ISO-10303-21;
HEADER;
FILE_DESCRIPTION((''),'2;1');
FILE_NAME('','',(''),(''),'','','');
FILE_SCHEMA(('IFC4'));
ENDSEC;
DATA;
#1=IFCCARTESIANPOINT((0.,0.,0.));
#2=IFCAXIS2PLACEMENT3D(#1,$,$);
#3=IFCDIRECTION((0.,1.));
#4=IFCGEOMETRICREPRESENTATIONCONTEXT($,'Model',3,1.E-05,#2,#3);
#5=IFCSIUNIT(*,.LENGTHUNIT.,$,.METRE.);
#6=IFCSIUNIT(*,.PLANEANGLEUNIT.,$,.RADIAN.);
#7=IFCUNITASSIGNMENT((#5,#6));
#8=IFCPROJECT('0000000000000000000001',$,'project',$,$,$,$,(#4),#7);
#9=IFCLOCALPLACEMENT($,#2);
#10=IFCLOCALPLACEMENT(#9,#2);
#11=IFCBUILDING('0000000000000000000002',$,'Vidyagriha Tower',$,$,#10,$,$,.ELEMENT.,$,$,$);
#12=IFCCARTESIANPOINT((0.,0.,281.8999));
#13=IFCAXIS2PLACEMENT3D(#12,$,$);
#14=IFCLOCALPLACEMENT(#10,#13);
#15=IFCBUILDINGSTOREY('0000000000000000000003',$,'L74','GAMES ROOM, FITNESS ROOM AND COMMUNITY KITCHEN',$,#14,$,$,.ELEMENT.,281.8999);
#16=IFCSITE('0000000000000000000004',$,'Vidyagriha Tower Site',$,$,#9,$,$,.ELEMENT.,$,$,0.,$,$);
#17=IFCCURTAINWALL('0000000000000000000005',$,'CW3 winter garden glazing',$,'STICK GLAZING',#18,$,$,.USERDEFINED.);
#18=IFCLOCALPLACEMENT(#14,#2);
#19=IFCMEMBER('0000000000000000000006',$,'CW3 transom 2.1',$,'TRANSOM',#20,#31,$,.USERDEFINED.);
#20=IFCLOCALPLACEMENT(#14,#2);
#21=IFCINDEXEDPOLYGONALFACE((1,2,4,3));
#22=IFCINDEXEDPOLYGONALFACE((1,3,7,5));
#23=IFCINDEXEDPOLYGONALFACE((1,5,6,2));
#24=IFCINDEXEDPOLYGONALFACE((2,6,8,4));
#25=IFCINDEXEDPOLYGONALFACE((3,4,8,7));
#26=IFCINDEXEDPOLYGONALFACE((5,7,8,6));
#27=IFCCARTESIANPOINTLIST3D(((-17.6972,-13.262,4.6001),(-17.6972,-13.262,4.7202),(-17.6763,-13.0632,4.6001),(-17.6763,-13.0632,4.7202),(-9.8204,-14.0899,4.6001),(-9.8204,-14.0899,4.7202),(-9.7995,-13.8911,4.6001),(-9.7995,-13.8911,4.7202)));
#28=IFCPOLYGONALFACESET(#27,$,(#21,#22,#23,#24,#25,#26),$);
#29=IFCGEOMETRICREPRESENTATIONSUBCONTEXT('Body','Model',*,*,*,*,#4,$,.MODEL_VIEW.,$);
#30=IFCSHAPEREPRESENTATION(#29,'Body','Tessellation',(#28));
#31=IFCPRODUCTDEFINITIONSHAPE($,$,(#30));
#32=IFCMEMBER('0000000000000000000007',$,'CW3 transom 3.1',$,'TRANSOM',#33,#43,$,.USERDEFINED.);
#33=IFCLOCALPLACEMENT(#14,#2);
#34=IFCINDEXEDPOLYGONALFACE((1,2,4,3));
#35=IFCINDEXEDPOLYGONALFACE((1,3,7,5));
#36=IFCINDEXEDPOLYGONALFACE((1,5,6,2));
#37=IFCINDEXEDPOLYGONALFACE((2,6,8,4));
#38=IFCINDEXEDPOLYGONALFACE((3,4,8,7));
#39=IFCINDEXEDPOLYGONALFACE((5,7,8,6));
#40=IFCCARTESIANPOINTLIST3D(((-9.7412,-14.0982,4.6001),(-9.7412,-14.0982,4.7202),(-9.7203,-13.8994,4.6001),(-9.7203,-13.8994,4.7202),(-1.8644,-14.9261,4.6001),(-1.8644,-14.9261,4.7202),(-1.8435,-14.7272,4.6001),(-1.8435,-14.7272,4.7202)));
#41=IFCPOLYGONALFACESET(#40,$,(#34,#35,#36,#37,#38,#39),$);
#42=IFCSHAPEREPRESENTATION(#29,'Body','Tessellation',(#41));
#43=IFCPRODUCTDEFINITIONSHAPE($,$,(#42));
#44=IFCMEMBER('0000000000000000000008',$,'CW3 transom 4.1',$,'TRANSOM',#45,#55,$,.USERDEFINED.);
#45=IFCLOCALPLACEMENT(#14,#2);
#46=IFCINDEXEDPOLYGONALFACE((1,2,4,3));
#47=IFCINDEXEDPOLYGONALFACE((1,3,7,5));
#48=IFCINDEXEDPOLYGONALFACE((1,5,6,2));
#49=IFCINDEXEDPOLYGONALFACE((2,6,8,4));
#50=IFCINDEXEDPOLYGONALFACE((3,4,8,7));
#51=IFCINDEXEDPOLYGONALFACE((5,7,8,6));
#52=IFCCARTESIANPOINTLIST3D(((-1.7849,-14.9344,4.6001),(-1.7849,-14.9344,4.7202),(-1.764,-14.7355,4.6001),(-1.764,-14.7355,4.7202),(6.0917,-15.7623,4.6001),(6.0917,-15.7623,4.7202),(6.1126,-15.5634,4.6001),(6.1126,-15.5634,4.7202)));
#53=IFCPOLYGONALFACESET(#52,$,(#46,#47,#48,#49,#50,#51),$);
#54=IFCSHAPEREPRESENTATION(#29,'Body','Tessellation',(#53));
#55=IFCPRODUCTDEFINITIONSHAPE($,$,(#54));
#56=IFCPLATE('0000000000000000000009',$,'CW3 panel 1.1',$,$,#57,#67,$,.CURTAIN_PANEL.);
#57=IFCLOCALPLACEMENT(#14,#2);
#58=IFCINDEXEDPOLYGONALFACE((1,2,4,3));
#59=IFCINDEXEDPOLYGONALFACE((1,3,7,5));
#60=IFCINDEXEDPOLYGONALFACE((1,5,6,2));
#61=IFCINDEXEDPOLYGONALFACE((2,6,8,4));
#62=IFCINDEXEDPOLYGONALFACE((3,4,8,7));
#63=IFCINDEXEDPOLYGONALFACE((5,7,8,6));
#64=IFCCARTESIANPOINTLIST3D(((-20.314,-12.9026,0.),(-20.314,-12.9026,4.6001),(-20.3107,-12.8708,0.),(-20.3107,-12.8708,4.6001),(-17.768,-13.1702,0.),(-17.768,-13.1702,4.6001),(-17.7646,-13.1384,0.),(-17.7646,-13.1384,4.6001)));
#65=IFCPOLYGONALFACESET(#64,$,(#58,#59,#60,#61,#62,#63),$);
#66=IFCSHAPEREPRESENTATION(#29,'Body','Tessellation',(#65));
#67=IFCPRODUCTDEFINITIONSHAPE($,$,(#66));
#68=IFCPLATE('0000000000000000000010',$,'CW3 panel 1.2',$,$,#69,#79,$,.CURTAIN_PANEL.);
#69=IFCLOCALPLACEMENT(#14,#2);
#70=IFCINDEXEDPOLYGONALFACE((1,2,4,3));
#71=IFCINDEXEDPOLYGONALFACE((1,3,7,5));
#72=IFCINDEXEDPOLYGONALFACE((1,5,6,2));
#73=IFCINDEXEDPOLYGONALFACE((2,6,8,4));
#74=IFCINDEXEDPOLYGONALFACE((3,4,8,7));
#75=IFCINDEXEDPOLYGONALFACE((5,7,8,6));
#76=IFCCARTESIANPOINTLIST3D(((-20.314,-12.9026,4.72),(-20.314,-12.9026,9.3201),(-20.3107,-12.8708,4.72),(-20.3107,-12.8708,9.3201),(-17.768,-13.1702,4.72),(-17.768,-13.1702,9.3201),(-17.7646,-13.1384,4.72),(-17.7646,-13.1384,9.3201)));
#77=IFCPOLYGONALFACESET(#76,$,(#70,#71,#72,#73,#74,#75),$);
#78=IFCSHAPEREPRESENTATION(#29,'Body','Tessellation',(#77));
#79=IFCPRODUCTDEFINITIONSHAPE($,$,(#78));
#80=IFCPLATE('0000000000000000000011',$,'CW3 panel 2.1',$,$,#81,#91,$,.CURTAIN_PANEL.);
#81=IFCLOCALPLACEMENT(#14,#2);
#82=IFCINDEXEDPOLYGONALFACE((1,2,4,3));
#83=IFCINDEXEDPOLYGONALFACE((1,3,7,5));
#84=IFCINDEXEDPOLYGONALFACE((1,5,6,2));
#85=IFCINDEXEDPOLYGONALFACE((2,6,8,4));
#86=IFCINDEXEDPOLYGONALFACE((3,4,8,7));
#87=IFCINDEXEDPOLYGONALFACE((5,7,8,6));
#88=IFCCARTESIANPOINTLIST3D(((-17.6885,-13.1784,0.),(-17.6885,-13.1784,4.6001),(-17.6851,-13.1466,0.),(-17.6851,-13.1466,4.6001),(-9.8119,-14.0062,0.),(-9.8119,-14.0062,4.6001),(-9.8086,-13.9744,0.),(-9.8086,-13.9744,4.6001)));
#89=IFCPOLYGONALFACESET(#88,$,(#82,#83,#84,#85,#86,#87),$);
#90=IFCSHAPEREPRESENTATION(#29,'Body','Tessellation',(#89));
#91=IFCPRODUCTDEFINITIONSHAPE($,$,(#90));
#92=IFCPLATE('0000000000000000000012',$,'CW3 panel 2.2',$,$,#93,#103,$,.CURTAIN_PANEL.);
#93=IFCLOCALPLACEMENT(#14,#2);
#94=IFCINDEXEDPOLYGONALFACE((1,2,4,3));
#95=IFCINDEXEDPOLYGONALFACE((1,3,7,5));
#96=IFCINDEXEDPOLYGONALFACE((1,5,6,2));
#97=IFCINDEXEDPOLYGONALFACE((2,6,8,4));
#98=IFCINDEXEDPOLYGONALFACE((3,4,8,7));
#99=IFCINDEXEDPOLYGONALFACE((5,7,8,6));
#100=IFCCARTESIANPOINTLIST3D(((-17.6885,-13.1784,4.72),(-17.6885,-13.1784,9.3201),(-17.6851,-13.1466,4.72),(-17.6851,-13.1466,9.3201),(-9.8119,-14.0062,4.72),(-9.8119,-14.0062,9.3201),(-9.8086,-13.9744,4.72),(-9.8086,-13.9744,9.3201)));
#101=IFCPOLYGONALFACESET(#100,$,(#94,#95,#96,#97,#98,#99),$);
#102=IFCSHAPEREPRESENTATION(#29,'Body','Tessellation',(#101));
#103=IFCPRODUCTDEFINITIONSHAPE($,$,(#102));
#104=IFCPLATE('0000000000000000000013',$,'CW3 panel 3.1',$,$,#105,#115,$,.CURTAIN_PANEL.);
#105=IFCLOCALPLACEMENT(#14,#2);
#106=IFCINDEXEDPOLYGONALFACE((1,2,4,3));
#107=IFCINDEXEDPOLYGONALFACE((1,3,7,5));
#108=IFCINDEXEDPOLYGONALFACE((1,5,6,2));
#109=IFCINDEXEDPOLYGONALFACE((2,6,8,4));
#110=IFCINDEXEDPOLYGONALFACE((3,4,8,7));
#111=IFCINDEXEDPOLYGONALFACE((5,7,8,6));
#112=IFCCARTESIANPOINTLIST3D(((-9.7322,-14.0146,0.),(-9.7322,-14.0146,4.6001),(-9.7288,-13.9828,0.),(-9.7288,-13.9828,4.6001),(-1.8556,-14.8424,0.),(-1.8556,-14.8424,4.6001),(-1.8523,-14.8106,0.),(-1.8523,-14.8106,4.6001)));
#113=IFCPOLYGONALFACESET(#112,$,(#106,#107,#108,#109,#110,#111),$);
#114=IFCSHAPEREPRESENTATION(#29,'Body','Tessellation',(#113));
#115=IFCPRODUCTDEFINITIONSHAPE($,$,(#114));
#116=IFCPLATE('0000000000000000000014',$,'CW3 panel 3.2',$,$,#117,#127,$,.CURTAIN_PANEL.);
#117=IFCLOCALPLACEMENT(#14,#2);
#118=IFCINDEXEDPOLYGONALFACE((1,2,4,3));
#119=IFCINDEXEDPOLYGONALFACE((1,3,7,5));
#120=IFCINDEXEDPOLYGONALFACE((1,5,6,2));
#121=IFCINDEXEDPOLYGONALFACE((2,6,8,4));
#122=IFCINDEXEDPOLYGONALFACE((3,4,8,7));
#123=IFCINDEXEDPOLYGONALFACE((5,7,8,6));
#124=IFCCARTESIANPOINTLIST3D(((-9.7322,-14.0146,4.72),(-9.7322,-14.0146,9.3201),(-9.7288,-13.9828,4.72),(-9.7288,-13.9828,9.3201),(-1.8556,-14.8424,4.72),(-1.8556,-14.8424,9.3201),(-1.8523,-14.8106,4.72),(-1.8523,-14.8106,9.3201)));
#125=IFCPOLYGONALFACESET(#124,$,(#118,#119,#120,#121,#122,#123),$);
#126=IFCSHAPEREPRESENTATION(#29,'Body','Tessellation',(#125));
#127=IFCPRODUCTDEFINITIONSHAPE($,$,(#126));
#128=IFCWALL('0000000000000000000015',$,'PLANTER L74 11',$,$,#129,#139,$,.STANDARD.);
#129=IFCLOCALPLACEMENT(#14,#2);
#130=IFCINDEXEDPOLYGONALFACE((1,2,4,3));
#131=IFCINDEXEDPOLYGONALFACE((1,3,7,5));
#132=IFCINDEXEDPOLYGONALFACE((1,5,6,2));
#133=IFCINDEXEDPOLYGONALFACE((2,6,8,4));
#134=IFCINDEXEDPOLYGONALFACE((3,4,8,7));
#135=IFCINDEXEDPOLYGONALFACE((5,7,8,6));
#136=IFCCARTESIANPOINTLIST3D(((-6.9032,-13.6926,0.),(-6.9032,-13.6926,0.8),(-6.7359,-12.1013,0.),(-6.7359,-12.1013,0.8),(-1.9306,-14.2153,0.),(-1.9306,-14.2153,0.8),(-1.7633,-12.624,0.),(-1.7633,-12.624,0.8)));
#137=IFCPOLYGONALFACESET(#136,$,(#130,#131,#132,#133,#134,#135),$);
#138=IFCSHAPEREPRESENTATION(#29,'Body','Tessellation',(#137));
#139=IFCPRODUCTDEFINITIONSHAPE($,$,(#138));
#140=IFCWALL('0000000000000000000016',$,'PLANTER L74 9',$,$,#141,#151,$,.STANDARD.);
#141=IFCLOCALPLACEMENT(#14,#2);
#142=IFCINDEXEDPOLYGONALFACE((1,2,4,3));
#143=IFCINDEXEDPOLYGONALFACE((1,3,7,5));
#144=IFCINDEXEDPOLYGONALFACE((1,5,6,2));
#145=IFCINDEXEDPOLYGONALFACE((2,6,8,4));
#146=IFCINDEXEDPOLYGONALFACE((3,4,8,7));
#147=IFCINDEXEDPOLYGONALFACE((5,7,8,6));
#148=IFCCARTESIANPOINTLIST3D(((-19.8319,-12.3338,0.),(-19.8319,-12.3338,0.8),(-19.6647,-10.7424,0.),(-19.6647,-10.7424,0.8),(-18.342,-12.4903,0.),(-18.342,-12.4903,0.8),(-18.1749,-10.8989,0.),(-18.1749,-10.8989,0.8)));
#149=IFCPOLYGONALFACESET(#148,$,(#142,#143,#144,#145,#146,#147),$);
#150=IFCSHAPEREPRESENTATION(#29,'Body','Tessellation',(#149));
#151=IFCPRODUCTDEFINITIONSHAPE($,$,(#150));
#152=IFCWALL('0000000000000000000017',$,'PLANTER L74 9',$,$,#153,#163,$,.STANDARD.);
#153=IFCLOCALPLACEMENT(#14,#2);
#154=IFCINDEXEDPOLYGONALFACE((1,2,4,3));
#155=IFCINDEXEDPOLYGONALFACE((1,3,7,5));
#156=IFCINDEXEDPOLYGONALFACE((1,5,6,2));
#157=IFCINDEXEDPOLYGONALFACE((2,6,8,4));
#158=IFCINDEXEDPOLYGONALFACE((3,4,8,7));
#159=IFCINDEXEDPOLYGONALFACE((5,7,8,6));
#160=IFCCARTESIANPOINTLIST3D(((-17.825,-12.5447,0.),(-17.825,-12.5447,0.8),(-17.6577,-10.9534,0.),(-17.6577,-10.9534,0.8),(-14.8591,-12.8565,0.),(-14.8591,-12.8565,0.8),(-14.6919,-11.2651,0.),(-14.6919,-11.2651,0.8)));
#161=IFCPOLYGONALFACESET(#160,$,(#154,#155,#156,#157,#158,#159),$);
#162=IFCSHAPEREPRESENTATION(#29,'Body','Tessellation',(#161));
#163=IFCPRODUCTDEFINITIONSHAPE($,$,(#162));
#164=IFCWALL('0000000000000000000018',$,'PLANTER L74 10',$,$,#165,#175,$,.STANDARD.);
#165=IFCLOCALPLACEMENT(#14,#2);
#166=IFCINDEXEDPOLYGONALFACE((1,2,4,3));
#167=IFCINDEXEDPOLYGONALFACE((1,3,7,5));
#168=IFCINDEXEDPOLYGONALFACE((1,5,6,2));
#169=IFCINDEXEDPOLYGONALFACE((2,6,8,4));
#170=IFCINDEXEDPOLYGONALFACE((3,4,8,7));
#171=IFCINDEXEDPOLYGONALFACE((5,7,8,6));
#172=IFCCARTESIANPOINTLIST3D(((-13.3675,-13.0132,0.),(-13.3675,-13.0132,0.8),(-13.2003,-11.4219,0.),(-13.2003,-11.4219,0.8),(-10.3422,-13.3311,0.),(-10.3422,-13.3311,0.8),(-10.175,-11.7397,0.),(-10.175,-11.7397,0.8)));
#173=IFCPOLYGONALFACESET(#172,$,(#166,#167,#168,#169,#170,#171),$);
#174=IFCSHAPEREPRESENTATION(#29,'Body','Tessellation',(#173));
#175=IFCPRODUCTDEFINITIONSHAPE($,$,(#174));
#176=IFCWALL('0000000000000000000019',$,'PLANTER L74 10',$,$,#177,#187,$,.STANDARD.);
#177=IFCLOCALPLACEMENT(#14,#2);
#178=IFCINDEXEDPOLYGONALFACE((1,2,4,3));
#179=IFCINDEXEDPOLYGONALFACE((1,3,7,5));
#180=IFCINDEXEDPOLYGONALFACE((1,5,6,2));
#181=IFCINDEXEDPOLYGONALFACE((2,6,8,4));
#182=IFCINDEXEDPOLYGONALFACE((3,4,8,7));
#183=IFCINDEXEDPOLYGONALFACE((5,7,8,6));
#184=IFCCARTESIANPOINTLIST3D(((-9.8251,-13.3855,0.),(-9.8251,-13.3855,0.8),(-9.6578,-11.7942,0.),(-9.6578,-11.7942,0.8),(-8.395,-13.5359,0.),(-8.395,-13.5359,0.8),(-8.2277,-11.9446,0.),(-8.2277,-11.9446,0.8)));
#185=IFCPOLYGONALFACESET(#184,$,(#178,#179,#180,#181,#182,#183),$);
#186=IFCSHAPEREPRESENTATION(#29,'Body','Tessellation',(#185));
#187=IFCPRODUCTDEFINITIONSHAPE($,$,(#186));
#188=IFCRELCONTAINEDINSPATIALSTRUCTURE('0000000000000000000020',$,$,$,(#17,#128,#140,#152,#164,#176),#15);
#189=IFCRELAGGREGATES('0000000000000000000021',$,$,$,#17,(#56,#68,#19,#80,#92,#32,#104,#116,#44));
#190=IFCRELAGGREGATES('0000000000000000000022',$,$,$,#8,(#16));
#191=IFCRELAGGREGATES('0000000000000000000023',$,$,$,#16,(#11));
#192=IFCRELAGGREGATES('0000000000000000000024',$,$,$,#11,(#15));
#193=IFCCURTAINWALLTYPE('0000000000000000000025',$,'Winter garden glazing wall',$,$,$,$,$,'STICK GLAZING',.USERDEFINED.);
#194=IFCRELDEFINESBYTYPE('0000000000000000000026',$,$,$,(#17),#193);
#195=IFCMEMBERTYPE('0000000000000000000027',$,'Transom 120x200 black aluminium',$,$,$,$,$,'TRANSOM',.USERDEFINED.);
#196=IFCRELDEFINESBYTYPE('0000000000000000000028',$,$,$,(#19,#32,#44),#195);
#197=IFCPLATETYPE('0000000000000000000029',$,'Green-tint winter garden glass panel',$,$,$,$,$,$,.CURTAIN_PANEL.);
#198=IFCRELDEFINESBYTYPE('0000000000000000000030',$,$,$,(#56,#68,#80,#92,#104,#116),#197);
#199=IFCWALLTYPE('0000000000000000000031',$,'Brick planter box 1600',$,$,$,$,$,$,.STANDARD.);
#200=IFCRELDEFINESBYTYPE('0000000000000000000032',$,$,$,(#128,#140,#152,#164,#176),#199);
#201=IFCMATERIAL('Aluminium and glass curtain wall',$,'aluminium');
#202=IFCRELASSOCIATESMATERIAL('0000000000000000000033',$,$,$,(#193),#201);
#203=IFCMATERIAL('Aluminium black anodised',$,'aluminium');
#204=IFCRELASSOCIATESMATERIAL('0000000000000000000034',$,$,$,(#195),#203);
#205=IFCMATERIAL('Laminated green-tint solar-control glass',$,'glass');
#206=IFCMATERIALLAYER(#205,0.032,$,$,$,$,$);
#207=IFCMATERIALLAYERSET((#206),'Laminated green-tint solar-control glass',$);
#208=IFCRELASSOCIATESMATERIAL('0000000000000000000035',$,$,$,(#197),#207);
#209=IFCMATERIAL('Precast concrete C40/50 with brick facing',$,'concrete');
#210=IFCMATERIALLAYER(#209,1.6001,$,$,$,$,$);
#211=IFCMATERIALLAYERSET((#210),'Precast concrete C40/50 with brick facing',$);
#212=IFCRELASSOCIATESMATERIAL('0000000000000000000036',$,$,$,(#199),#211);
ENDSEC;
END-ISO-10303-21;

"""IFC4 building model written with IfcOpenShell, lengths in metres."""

from ifc_helpers import new_model, si_unit, direction, frame, frame_2d, origin, origin_2d, place, context, subcontext, project, spatial, rectangle, extrude, material, layer, layer_set, material_profile, profile_set, type_object, element, aggregate, save


model = new_model("IFC4")

# Units and contexts
model_context = context("Model", 3, precision=1e-05, world=origin(), true_north=direction((0.0, 1.0)))
body_context = subcontext(model_context, "Body", "Model", "MODEL_VIEW")
ifc_project = project(units=[si_unit("LENGTHUNIT", "METRE"), si_unit("PLANEANGLEUNIT", "RADIAN")], contexts=[model_context])

# Site, building, storey
site_placement = place(None, origin())
site = spatial("IfcSite", under=ifc_project, at=site_placement, Name="Vidyagriha Tower Site", CompositionType="ELEMENT", RefElevation=0.0)
building_placement = place(site_placement, origin())
building = spatial("IfcBuilding", under=site, at=building_placement, Name="Vidyagriha Tower", CompositionType="ELEMENT")
storey_placement = place(building_placement, frame((0.0, 0.0, 281.8999)))
storey = spatial("IfcBuildingStorey", under=building, at=storey_placement, Name="L74", Description="GAMES ROOM, FITNESS ROOM AND COMMUNITY KITCHEN", CompositionType="ELEMENT", Elevation=281.8999)

# Shared definitions
ifc_material_1 = material(Name="Aluminium and glass curtain wall", Category="aluminium")
curtain_wall_type = type_object("IfcCurtainWallType", Name="Winter garden glazing wall", ElementType="STICK GLAZING", PredefinedType="USERDEFINED", material=ifc_material_1)

# Curtain wall, members, plates
curtain_wall_1_placement = place(storey_placement, origin())
curtain_wall_1 = element("IfcCurtainWall", 1, at=curtain_wall_1_placement, inside=storey, type_object=curtain_wall_type, Name="CW3 winter garden glazing", ObjectType="STICK GLAZING", PredefinedType="USERDEFINED")
ifc_material_2 = material(Name="Aluminium black anodised", Category="aluminium")
ifc_material_profile_1 = material_profile(ifc_material_2, rectangle(XDim=0.2, YDim=0.1201, at=origin_2d()), Name="Transom 120x200 black aluminium")
ifc_profile_set_1 = profile_set([ifc_material_profile_1], Name="Aluminium black anodised")
member_type_1 = type_object("IfcMemberType", Name="Transom 120x200 black aluminium", ElementType="TRANSOM", PredefinedType="USERDEFINED", material=ifc_profile_set_1)
member_1_placement = place(storey_placement, frame((-17.6868, -13.1626, 4.6602), z_axis=(0.994522, -0.104529, 0.0), x_axis=(0.104529, 0.994522, 0.0)))
member_1 = element("IfcMember", 2, at=member_1_placement, type_object=member_type_1, Name="CW3 transom 2.1", ObjectType="TRANSOM", PredefinedType="USERDEFINED", context=body_context, shape_type="SweptSolid", body=[
    extrude(rectangle(XDim=0.2, YDim=0.1201, at=origin_2d()), origin(), (0.0, 0.0, 1.0), 7.9202),
])
member_2_placement = place(storey_placement, frame((-9.7307, -13.9988, 4.6602), z_axis=(0.994522, -0.104529, 0.0), x_axis=(0.104529, 0.994522, 0.0)))
member_2 = element("IfcMember", 3, at=member_2_placement, type_object=member_type_1, Name="CW3 transom 3.1", ObjectType="TRANSOM", PredefinedType="USERDEFINED", context=body_context, shape_type="SweptSolid", body=[
    extrude(rectangle(XDim=0.2, YDim=0.1201, at=origin_2d()), origin(), (0.0, 0.0, 1.0), 7.9202),
])
member_3_placement = place(storey_placement, frame((-1.7744, -14.835, 4.6602), z_axis=(0.994521, -0.104532, 0.0), x_axis=(0.104532, 0.994521, 0.0)))
member_3 = element("IfcMember", 4, at=member_3_placement, type_object=member_type_1, Name="CW3 transom 4.1", ObjectType="TRANSOM", PredefinedType="USERDEFINED", context=body_context, shape_type="SweptSolid", body=[
    extrude(rectangle(XDim=0.2, YDim=0.1201, at=origin_2d()), origin(), (0.0, 0.0, 1.0), 7.9199),
])
ifc_material_3 = material(Name="Laminated green-tint solar-control glass", Category="glass")
ifc_layer_1 = layer(ifc_material_3, 0.032)
ifc_layer_set_1 = layer_set([ifc_layer_1], Name="Laminated green-tint solar-control glass")
plate_type = type_object("IfcPlateType", Name="Green-tint winter garden glass panel", PredefinedType="CURTAIN_PANEL", material=ifc_layer_set_1)
plate_1_placement = place(storey_placement, frame((-19.0393, -13.0205, 0.0), z_axis=(0.0, 0.0, 1.0), x_axis=(0.994522, -0.104528, 0.0)))
plate_1 = element("IfcPlate", 5, at=plate_1_placement, type_object=plate_type, Name="CW3 panel 1.1", PredefinedType="CURTAIN_PANEL", context=body_context, shape_type="SweptSolid", body=[
    extrude(rectangle(XDim=2.5601, YDim=0.032, at=origin_2d()), origin(), (0.0, 0.0, 1.0), 4.6001),
])
plate_2_placement = place(storey_placement, frame((-19.0393, -13.0205, 4.72), z_axis=(0.0, 0.0, 1.0), x_axis=(0.994522, -0.104528, 0.0)))
plate_2 = element("IfcPlate", 6, at=plate_2_placement, type_object=plate_type, Name="CW3 panel 1.2", PredefinedType="CURTAIN_PANEL", context=body_context, shape_type="SweptSolid", body=[
    extrude(rectangle(XDim=2.5601, YDim=0.032, at=origin_2d()), origin(), (0.0, 0.0, 1.0), 4.6001),
])
plate_3_placement = place(storey_placement, frame((-13.7485, -13.5764, 0.0), z_axis=(0.0, 0.0, 1.0), x_axis=(0.994522, -0.104528, 0.0)))
plate_3 = element("IfcPlate", 7, at=plate_3_placement, type_object=plate_type, Name="CW3 panel 2.1", PredefinedType="CURTAIN_PANEL", context=body_context, shape_type="SweptSolid", body=[
    extrude(rectangle(XDim=7.9199, YDim=0.032, at=origin_2d()), origin(), (0.0, 0.0, 1.0), 4.6001),
])
plate_4_placement = place(storey_placement, frame((-13.7485, -13.5764, 4.72), z_axis=(0.0, 0.0, 1.0), x_axis=(0.994522, -0.104528, 0.0)))
plate_4 = element("IfcPlate", 8, at=plate_4_placement, type_object=plate_type, Name="CW3 panel 2.2", PredefinedType="CURTAIN_PANEL", context=body_context, shape_type="SweptSolid", body=[
    extrude(rectangle(XDim=7.9199, YDim=0.032, at=origin_2d()), origin(), (0.0, 0.0, 1.0), 4.6001),
])
plate_5_placement = place(storey_placement, frame((-5.7922, -14.4126, 0.0), z_axis=(0.0, 0.0, 1.0), x_axis=(0.994522, -0.104528, 0.0)))
plate_5 = element("IfcPlate", 9, at=plate_5_placement, type_object=plate_type, Name="CW3 panel 3.1", PredefinedType="CURTAIN_PANEL", context=body_context, shape_type="SweptSolid", body=[
    extrude(rectangle(XDim=7.9199, YDim=0.032, at=origin_2d()), origin(), (0.0, 0.0, 1.0), 4.6001),
])
plate_6_placement = place(storey_placement, frame((-5.7922, -14.4126, 4.72), z_axis=(0.0, 0.0, 1.0), x_axis=(0.994522, -0.104528, 0.0)))
plate_6 = element("IfcPlate", 10, at=plate_6_placement, type_object=plate_type, Name="CW3 panel 3.2", PredefinedType="CURTAIN_PANEL", context=body_context, shape_type="SweptSolid", body=[
    extrude(rectangle(XDim=7.9199, YDim=0.032, at=origin_2d()), origin(), (0.0, 0.0, 1.0), 4.6001),
])
aggregate(curtain_wall_1, [plate_1, plate_2, member_1, plate_3, plate_4, member_2, plate_5, plate_6, member_3])

# Walls
ifc_material_4 = material(Name="Precast concrete C40/50 with brick facing", Category="concrete")
ifc_layer_2 = layer(ifc_material_4, 1.6001)
ifc_layer_set_2 = layer_set([ifc_layer_2], Name="Precast concrete C40/50 with brick facing")
wall_type_1 = type_object("IfcWallType", Name="Brick planter box 1600", PredefinedType="STANDARD", material=ifc_layer_set_2)
wall_1_placement = place(storey_placement, frame((-6.8196, -12.897, 0.0), z_axis=(0.0, 0.0, 1.0), x_axis=(0.994521, -0.10454, 0.0)))
element("IfcWall", 11, at=wall_1_placement, inside=storey, type_object=wall_type_1, Name="PLANTER L74 11", PredefinedType="STANDARD", context=body_context, shape_type="SweptSolid", body=[
    extrude(rectangle(XDim=5.0, YDim=1.6001, at=frame_2d((2.5, 0.0))), origin(), (0.0, 0.0, 1.0), 0.8),
])
wall_2_placement = place(storey_placement, frame((-19.7483, -11.5381, 0.0), z_axis=(0.0, 0.0, 1.0), x_axis=(0.994528, -0.104473, 0.0)))
element("IfcWall", 12, at=wall_2_placement, inside=storey, type_object=wall_type_1, Name="PLANTER L74 9", PredefinedType="STANDARD", context=body_context, shape_type="SweptSolid", body=[
    extrude(rectangle(XDim=1.498, YDim=1.6001, at=frame_2d((0.749, 0.0))), origin(), (0.0, 0.0, 1.0), 0.8),
])
wall_3_placement = place(storey_placement, frame((-17.7415, -11.749, 0.0), z_axis=(0.0, 0.0, 1.0), x_axis=(0.99452, -0.104544, 0.0)))
element("IfcWall", 13, at=wall_3_placement, inside=storey, type_object=wall_type_1, Name="PLANTER L74 9", PredefinedType="STANDARD", context=body_context, shape_type="SweptSolid", body=[
    extrude(rectangle(XDim=2.9822, YDim=1.6001, at=frame_2d((1.4912, 0.0))), origin(), (0.0, 0.0, 1.0), 0.8),
])
wall_4_placement = place(storey_placement, frame((-13.2839, -12.2175, 0.0), z_axis=(0.0, 0.0, 1.0), x_axis=(0.994526, -0.104493, 0.0)))
element("IfcWall", 14, at=wall_4_placement, inside=storey, type_object=wall_type_1, Name="PLANTER L74 10", PredefinedType="STANDARD", context=body_context, shape_type="SweptSolid", body=[
    extrude(rectangle(XDim=3.042, YDim=1.6001, at=frame_2d((1.521, 0.0))), origin(), (0.0, 0.0, 1.0), 0.8),
])
wall_5_placement = place(storey_placement, frame((-9.7415, -12.5898, 0.0), z_axis=(0.0, 0.0, 1.0), x_axis=(0.994517, -0.104579, 0.0)))
element("IfcWall", 15, at=wall_5_placement, inside=storey, type_object=wall_type_1, Name="PLANTER L74 10", PredefinedType="STANDARD", context=body_context, shape_type="SweptSolid", body=[
    extrude(rectangle(XDim=1.438, YDim=1.6001, at=frame_2d((0.719, 0.0))), origin(), (0.0, 0.0, 1.0), 0.8),
])

save(model, "model.ifc")
